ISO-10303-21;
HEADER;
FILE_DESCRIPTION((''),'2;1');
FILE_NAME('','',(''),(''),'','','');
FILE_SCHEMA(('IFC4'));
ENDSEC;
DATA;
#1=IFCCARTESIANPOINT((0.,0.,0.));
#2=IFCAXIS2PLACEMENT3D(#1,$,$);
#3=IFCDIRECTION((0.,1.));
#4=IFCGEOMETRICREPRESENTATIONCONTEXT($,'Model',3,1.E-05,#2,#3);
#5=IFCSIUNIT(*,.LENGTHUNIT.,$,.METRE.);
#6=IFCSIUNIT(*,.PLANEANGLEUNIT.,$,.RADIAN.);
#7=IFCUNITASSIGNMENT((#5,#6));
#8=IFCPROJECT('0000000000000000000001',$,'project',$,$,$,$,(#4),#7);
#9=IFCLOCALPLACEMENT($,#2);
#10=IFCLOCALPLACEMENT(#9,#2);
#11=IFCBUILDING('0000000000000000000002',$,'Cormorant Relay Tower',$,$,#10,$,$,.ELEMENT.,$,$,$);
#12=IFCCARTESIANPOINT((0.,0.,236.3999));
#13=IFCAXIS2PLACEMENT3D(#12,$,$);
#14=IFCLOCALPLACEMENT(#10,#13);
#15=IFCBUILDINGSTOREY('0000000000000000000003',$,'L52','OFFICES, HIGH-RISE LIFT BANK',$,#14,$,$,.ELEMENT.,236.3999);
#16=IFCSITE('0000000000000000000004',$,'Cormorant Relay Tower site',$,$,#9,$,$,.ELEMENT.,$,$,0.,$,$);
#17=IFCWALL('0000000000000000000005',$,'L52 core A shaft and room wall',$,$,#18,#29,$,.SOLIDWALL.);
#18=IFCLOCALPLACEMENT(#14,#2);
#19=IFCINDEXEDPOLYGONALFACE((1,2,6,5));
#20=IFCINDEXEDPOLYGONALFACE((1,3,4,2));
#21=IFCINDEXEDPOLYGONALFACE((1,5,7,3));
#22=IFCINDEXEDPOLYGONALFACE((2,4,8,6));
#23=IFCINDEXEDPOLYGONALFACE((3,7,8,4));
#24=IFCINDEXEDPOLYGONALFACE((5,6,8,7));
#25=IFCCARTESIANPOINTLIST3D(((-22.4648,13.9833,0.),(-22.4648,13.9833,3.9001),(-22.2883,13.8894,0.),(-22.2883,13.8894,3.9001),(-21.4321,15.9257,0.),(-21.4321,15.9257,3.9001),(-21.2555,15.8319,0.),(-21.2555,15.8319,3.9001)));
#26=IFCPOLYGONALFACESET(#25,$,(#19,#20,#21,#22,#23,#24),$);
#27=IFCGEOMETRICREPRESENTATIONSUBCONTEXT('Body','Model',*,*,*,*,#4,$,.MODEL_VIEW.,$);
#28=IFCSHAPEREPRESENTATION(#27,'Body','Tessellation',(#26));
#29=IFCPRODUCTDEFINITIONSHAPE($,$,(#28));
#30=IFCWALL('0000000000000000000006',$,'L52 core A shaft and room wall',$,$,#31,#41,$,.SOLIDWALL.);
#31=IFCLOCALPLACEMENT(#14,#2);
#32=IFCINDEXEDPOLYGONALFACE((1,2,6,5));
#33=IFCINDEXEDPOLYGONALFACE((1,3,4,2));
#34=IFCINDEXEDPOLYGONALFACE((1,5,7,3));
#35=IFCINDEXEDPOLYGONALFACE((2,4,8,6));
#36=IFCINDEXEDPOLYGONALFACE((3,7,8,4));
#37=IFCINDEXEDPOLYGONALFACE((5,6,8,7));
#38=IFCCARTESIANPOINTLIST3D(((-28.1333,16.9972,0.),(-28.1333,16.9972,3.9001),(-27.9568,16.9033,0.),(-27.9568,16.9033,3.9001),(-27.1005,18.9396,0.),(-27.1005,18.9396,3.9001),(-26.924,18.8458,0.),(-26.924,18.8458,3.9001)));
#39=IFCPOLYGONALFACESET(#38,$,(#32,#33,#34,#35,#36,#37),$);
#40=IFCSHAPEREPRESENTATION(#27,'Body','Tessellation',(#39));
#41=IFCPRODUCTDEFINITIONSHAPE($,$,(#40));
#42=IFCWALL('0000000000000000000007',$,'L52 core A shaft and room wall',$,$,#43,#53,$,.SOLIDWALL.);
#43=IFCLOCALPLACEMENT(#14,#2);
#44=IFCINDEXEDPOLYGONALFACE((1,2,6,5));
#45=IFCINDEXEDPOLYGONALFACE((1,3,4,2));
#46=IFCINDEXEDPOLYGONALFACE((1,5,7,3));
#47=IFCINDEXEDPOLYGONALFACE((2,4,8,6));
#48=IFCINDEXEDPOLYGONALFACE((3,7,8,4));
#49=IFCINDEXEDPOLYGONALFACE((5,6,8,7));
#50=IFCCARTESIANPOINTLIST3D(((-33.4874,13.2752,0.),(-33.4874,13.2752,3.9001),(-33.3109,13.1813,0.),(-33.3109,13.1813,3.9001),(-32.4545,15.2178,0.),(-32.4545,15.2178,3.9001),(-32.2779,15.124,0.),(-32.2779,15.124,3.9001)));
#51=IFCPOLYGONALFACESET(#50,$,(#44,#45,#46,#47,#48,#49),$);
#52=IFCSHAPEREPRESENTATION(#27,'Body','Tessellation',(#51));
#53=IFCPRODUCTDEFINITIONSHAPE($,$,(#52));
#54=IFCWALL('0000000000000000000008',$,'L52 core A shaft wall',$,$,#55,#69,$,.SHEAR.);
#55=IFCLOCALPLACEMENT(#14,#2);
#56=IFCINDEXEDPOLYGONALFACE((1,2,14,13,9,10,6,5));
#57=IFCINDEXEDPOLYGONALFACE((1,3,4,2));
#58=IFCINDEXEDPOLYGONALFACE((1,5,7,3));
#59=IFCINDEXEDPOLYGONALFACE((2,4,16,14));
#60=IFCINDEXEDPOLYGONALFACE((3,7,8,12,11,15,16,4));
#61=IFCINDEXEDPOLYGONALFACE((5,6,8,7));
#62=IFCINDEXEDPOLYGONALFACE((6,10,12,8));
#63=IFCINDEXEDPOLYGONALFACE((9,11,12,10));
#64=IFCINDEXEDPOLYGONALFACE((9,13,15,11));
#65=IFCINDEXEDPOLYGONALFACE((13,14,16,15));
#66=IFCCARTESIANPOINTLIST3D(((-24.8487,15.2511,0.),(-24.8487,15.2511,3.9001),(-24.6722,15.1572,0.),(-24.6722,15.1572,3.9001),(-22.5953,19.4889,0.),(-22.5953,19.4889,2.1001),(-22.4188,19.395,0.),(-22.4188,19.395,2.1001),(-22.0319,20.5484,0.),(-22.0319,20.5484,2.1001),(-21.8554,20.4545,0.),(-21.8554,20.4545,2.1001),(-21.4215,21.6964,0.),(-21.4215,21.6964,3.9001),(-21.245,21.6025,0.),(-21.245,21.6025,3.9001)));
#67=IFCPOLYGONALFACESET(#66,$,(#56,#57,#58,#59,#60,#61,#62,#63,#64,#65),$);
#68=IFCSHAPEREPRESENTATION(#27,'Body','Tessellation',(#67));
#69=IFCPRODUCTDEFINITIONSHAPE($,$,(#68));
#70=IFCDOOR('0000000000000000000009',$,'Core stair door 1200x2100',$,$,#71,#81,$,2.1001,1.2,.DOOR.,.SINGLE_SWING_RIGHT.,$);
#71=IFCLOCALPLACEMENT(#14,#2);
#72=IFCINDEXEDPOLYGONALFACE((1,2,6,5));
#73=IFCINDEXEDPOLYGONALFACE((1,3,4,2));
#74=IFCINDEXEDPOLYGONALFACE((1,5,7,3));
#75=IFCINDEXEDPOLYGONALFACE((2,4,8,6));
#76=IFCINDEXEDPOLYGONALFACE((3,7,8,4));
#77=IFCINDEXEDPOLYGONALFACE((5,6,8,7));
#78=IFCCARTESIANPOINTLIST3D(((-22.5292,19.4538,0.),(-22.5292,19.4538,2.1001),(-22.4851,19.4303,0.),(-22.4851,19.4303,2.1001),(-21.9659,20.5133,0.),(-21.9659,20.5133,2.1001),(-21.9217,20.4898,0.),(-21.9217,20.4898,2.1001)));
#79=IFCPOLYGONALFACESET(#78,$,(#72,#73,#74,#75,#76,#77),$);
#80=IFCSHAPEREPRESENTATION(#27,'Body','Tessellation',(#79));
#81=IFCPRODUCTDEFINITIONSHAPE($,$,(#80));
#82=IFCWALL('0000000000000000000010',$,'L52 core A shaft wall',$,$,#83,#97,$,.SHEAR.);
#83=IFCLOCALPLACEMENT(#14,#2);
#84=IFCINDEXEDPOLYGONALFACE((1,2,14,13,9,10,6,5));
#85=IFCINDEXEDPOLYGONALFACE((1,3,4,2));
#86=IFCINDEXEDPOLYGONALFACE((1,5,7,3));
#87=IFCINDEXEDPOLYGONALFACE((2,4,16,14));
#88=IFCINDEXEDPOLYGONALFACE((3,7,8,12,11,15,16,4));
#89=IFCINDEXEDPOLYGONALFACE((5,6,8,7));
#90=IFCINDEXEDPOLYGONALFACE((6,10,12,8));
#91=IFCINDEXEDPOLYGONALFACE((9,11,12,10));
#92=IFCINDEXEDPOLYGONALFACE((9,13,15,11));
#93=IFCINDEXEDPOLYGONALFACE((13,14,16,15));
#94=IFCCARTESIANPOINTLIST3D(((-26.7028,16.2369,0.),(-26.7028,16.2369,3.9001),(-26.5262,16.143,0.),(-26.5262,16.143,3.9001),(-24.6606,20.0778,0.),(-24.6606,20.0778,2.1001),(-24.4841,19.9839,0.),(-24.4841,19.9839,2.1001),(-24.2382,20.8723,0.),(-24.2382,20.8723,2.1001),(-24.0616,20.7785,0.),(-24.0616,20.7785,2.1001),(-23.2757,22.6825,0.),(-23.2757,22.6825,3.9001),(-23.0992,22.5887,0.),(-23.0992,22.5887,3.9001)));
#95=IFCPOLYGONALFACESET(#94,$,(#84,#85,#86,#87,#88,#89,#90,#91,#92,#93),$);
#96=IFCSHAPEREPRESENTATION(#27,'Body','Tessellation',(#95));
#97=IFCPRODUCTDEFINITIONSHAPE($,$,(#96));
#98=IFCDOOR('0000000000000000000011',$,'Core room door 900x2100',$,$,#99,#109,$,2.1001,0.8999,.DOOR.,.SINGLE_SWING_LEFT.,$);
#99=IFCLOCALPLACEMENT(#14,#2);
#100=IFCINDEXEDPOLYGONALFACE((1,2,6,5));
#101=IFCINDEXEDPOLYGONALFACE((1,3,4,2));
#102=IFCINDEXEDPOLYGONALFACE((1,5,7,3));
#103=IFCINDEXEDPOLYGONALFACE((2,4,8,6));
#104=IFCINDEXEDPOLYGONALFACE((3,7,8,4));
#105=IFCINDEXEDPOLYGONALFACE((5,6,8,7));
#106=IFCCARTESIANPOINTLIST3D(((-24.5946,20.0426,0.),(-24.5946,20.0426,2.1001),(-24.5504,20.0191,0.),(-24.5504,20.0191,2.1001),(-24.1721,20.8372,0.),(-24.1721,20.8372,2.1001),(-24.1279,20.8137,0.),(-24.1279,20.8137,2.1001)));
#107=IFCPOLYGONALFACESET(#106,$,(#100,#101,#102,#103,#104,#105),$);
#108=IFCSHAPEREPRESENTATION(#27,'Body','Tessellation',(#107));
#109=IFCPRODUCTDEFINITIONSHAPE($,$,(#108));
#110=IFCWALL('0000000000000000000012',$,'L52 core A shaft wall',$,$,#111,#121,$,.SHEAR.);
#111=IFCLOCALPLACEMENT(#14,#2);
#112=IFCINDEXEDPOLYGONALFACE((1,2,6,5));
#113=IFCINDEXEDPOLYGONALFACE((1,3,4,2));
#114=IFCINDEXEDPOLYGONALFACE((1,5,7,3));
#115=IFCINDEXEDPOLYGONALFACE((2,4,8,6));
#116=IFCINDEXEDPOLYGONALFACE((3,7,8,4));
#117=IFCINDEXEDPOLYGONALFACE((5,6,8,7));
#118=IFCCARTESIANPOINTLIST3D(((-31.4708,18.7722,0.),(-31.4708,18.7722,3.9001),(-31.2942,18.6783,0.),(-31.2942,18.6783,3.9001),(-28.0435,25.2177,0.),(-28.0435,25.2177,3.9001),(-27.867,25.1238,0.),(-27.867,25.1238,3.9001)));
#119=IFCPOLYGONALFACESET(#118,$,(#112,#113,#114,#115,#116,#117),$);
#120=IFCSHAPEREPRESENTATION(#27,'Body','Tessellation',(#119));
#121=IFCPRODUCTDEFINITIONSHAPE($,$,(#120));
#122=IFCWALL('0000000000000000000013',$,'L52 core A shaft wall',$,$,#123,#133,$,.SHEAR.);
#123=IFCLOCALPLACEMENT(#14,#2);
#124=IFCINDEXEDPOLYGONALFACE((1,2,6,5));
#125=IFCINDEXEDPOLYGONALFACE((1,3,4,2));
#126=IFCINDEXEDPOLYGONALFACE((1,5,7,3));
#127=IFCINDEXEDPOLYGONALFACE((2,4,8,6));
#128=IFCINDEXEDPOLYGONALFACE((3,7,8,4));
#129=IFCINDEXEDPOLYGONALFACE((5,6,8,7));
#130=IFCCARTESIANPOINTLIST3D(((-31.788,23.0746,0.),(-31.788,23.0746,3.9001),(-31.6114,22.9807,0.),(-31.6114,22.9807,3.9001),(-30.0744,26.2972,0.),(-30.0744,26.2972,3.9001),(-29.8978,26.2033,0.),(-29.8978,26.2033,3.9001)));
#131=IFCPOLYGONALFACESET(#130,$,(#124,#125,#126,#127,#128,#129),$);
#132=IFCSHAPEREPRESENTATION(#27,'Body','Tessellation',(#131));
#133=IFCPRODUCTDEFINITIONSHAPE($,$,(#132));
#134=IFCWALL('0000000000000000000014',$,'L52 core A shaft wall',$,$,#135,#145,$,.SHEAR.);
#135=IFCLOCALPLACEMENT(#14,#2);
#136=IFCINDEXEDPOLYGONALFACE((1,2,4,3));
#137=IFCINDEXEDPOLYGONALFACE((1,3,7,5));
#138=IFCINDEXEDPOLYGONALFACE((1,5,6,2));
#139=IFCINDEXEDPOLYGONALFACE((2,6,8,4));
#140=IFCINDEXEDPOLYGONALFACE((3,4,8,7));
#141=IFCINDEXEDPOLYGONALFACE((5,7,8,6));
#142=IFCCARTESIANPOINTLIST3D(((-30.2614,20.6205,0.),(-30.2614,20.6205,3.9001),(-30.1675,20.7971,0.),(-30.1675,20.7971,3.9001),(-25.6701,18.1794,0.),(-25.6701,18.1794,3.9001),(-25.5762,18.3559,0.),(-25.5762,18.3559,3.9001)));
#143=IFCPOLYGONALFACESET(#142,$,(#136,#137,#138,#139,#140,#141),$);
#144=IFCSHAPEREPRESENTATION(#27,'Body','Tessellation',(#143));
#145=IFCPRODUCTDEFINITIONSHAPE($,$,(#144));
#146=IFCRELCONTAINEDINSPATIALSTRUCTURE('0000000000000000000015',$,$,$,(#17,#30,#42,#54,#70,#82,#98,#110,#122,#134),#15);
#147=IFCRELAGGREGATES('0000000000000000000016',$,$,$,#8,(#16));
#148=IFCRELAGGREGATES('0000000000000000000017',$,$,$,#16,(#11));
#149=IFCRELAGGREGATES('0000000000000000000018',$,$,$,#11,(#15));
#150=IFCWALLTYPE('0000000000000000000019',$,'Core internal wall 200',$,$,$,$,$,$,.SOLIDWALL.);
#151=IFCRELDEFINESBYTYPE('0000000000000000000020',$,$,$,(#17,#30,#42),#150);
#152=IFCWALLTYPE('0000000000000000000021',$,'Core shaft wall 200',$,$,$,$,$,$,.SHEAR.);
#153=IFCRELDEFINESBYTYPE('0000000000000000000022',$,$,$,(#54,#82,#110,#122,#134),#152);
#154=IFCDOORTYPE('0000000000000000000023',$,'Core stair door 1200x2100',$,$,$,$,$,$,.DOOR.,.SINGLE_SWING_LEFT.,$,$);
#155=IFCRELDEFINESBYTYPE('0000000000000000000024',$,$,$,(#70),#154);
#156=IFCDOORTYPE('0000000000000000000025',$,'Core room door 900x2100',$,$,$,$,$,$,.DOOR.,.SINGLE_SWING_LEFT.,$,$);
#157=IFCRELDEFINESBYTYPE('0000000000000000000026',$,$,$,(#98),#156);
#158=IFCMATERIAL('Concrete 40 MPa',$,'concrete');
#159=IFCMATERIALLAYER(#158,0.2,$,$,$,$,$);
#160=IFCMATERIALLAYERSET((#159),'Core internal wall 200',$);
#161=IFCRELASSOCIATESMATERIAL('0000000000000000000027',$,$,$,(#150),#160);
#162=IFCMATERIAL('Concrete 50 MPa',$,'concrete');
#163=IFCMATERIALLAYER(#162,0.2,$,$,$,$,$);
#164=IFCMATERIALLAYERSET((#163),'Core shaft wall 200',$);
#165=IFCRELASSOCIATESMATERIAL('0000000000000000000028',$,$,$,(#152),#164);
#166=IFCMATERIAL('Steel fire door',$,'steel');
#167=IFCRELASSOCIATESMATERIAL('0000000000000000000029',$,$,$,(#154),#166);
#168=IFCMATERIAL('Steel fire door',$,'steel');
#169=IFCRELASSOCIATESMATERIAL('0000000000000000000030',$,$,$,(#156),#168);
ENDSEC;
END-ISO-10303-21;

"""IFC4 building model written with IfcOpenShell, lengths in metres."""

from ifc_helpers import new_model, si_unit, direction, frame, frame_2d, origin, place, context, subcontext, project, spatial, rectangle, extrude, material, layer, layer_set, type_object, element, fill, save


model = new_model("IFC4")

# Units and contexts
model_context = context("Model", 3, precision=1e-05, world=origin(), true_north=direction((0.0, 1.0)))
body_context = subcontext(model_context, "Body", "Model", "MODEL_VIEW")
ifc_project = project(units=[si_unit("LENGTHUNIT", "METRE"), si_unit("PLANEANGLEUNIT", "RADIAN")], contexts=[model_context])

# Site, building, storey
site_placement = place(None, origin())
site = spatial("IfcSite", under=ifc_project, at=site_placement, Name="Cormorant Relay Tower site", CompositionType="ELEMENT", RefElevation=0.0)
building_placement = place(site_placement, origin())
building = spatial("IfcBuilding", under=site, at=building_placement, Name="Cormorant Relay Tower", CompositionType="ELEMENT")
storey_placement = place(building_placement, frame((0.0, 0.0, 236.3999)))
storey = spatial("IfcBuildingStorey", under=building, at=storey_placement, Name="L52", Description="OFFICES, HIGH-RISE LIFT BANK", CompositionType="ELEMENT", Elevation=236.3999)

# Walls
ifc_material_1 = material(Name="Concrete 40 MPa", Category="concrete")
ifc_layer_1 = layer(ifc_material_1, 0.2)
ifc_layer_set_1 = layer_set([ifc_layer_1], Name="Core internal wall 200")
wall_type_1 = type_object("IfcWallType", Name="Core internal wall 200", PredefinedType="SOLIDWALL", material=ifc_layer_set_1)
for number, where, z_axis, x_axis, name in (
    (1, (-21.3438, 15.8789, 0.0), (0.0, 0.0, 1.0), (-0.469447, -0.88296, 0.0), "L52 core A shaft and room wall"),
    (2, (-27.0122, 18.8928, 0.0), (0.0, 0.0, 1.0), (-0.469447, -0.88296, 0.0), "L52 core A shaft and room wall"),
):
    element("IfcWall", number, at=place(storey_placement, frame(where, z_axis=z_axis, x_axis=x_axis)), inside=storey, type_object=wall_type_1, Name=name, PredefinedType="SOLIDWALL", context=body_context, shape_type="SweptSolid", body=[
        extrude(rectangle(XDim=2.2, YDim=0.2, at=frame_2d((1.1001, 0.0))), origin(), (0.0, 0.0, 1.0), 3.9001),
    ])
wall_1_placement = place(storey_placement, frame((-32.3662, 15.1709, 0.0), z_axis=(0.0, 0.0, 1.0), x_axis=(-0.469488, -0.882939, 0.0)))
element("IfcWall", 3, at=wall_1_placement, inside=storey, type_object=wall_type_1, Name="L52 core A shaft and room wall", PredefinedType="SOLIDWALL", context=body_context, shape_type="SweptSolid", body=[
    extrude(rectangle(XDim=2.2002, YDim=0.2, at=frame_2d((1.1001, 0.0))), origin(), (0.0, 0.0, 1.0), 3.9001),
])

# Walls, openings, doors
ifc_material_2 = material(Name="Concrete 50 MPa", Category="concrete")
ifc_layer_2 = layer(ifc_material_2, 0.2)
ifc_layer_set_2 = layer_set([ifc_layer_2], Name="Core shaft wall 200")
wall_type_2 = type_object("IfcWallType", Name="Core shaft wall 200", PredefinedType="SHEAR", material=ifc_layer_set_2)
wall_2_placement = place(storey_placement, frame((-21.3333, 21.6494, 0.0), z_axis=(0.0, 0.0, 1.0), x_axis=(-0.469494, -0.882936, 0.0)))
wall_2 = element("IfcWall", 4, at=wall_2_placement, inside=storey, type_object=wall_type_2, Name="L52 core A shaft wall", PredefinedType="SHEAR", context=body_context, shape_type="SweptSolid", body=[
    extrude(rectangle(XDim=7.2998, YDim=0.2, at=frame_2d((3.6499, 0.0))), origin(), (0.0, 0.0, 1.0), 3.9001),
])
opening_1_placement = place(wall_2_placement, frame((1.3, 0.0, 0.0)))
opening_1 = element("IfcOpeningElement", 5, at=opening_1_placement, cuts=wall_2, PredefinedType="OPENING", context=body_context, shape_type="SweptSolid", body=[
    extrude(rectangle(XDim=1.2, YDim=2.1001, at=frame_2d((0.6001, 1.05))), frame((0.0, 0.1099, 0.0), z_axis=(0.0, -1.0, 0.0), x_axis=(1.0, 0.0, 0.0)), (0.0, 0.0, 1.0), 0.22),
])
ifc_material_3 = material(Name="Steel fire door", Category="steel")
door_type_1 = type_object("IfcDoorType", Name="Core stair door 1200x2100", OperationType="SINGLE_SWING_LEFT", PredefinedType="DOOR", material=ifc_material_3)
door_1_placement = place(opening_1_placement, origin())
door_1 = element("IfcDoor", 6, at=door_1_placement, inside=storey, type_object=door_type_1, Name="Core stair door 1200x2100", OperationType="SINGLE_SWING_RIGHT", OverallHeight=2.1001, OverallWidth=1.2, PredefinedType="DOOR", context=body_context, shape_type="SweptSolid", body=[
    extrude(rectangle(XDim=1.2, YDim=2.1001, at=frame_2d((0.6001, 1.05))), frame((0.0, 0.0249, 0.0), z_axis=(0.0, -1.0, 0.0), x_axis=(1.0, 0.0, 0.0)), (0.0, 0.0, 1.0), 0.05),
])
fill(opening_1, door_1)
wall_3_placement = place(storey_placement, frame((-23.1875, 22.6355, 0.0), z_axis=(0.0, 0.0, 1.0), x_axis=(-0.469454, -0.882957, 0.0)))
wall_3 = element("IfcWall", 7, at=wall_3_placement, inside=storey, type_object=wall_type_2, Name="L52 core A shaft wall", PredefinedType="SHEAR", context=body_context, shape_type="SweptSolid", body=[
    extrude(rectangle(XDim=7.3, YDim=0.2, at=frame_2d((3.6499, 0.0))), origin(), (0.0, 0.0, 1.0), 3.9001),
])
opening_2_placement = place(wall_3_placement, frame((2.05, 0.0, 0.0)))
opening_2 = element("IfcOpeningElement", 8, at=opening_2_placement, cuts=wall_3, PredefinedType="OPENING", context=body_context, shape_type="SweptSolid", body=[
    extrude(rectangle(XDim=0.8999, YDim=2.1001, at=frame_2d((0.45, 1.05))), frame((0.0, 0.1099, 0.0), z_axis=(0.0, -1.0, 0.0), x_axis=(1.0, 0.0, 0.0)), (0.0, 0.0, 1.0), 0.22),
])
ifc_material_4 = material(Name="Steel fire door", Category="steel")
door_type_2 = type_object("IfcDoorType", Name="Core room door 900x2100", OperationType="SINGLE_SWING_LEFT", PredefinedType="DOOR", material=ifc_material_4)
door_2_placement = place(opening_2_placement, origin())
door_2 = element("IfcDoor", 9, at=door_2_placement, inside=storey, type_object=door_type_2, Name="Core room door 900x2100", OperationType="SINGLE_SWING_LEFT", OverallHeight=2.1001, OverallWidth=0.8999, PredefinedType="DOOR", context=body_context, shape_type="SweptSolid", body=[
    extrude(rectangle(XDim=0.8999, YDim=2.1001, at=frame_2d((0.45, 1.05))), frame((0.0, 0.0249, 0.0), z_axis=(0.0, -1.0, 0.0), x_axis=(1.0, 0.0, 0.0)), (0.0, 0.0, 1.0), 0.05),
])
fill(opening_2, door_2)

# Walls
wall_4_placement = place(storey_placement, frame((-27.9553, 25.1707, 0.0), z_axis=(0.0, 0.0, 1.0), x_axis=(-0.46948, -0.882943, 0.0)))
element("IfcWall", 10, at=wall_4_placement, inside=storey, type_object=wall_type_2, Name="L52 core A shaft wall", PredefinedType="SHEAR", context=body_context, shape_type="SweptSolid", body=[
    extrude(rectangle(XDim=7.3, YDim=0.2, at=frame_2d((3.6499, 0.0))), origin(), (0.0, 0.0, 1.0), 3.9001),
])
wall_5_placement = place(storey_placement, frame((-29.9861, 26.2502, 0.0), z_axis=(0.0, 0.0, 1.0), x_axis=(-0.469494, -0.882936, 0.0)))
element("IfcWall", 11, at=wall_5_placement, inside=storey, type_object=wall_type_2, Name="L52 core A shaft wall", PredefinedType="SHEAR", context=body_context, shape_type="SweptSolid", body=[
    extrude(rectangle(XDim=3.6499, YDim=0.2, at=frame_2d((1.825, 0.0))), origin(), (0.0, 0.0, 1.0), 3.9001),
])

# Wall
wall_6_placement = place(storey_placement, frame((-25.623, 18.2676, 0.0), z_axis=(0.0, 0.0, 1.0), x_axis=(-0.882954, 0.46946, 0.0)))
element("IfcWall", 12, at=wall_6_placement, inside=storey, type_object=wall_type_2, Name="L52 core A shaft wall", PredefinedType="SHEAR", context=body_context, shape_type="SweptSolid", body=[
    extrude(rectangle(XDim=5.2, YDim=0.2, at=frame_2d((2.6001, 0.0))), origin(), (0.0, 0.0, 1.0), 3.9001),
])

save(model, "model.ifc")
